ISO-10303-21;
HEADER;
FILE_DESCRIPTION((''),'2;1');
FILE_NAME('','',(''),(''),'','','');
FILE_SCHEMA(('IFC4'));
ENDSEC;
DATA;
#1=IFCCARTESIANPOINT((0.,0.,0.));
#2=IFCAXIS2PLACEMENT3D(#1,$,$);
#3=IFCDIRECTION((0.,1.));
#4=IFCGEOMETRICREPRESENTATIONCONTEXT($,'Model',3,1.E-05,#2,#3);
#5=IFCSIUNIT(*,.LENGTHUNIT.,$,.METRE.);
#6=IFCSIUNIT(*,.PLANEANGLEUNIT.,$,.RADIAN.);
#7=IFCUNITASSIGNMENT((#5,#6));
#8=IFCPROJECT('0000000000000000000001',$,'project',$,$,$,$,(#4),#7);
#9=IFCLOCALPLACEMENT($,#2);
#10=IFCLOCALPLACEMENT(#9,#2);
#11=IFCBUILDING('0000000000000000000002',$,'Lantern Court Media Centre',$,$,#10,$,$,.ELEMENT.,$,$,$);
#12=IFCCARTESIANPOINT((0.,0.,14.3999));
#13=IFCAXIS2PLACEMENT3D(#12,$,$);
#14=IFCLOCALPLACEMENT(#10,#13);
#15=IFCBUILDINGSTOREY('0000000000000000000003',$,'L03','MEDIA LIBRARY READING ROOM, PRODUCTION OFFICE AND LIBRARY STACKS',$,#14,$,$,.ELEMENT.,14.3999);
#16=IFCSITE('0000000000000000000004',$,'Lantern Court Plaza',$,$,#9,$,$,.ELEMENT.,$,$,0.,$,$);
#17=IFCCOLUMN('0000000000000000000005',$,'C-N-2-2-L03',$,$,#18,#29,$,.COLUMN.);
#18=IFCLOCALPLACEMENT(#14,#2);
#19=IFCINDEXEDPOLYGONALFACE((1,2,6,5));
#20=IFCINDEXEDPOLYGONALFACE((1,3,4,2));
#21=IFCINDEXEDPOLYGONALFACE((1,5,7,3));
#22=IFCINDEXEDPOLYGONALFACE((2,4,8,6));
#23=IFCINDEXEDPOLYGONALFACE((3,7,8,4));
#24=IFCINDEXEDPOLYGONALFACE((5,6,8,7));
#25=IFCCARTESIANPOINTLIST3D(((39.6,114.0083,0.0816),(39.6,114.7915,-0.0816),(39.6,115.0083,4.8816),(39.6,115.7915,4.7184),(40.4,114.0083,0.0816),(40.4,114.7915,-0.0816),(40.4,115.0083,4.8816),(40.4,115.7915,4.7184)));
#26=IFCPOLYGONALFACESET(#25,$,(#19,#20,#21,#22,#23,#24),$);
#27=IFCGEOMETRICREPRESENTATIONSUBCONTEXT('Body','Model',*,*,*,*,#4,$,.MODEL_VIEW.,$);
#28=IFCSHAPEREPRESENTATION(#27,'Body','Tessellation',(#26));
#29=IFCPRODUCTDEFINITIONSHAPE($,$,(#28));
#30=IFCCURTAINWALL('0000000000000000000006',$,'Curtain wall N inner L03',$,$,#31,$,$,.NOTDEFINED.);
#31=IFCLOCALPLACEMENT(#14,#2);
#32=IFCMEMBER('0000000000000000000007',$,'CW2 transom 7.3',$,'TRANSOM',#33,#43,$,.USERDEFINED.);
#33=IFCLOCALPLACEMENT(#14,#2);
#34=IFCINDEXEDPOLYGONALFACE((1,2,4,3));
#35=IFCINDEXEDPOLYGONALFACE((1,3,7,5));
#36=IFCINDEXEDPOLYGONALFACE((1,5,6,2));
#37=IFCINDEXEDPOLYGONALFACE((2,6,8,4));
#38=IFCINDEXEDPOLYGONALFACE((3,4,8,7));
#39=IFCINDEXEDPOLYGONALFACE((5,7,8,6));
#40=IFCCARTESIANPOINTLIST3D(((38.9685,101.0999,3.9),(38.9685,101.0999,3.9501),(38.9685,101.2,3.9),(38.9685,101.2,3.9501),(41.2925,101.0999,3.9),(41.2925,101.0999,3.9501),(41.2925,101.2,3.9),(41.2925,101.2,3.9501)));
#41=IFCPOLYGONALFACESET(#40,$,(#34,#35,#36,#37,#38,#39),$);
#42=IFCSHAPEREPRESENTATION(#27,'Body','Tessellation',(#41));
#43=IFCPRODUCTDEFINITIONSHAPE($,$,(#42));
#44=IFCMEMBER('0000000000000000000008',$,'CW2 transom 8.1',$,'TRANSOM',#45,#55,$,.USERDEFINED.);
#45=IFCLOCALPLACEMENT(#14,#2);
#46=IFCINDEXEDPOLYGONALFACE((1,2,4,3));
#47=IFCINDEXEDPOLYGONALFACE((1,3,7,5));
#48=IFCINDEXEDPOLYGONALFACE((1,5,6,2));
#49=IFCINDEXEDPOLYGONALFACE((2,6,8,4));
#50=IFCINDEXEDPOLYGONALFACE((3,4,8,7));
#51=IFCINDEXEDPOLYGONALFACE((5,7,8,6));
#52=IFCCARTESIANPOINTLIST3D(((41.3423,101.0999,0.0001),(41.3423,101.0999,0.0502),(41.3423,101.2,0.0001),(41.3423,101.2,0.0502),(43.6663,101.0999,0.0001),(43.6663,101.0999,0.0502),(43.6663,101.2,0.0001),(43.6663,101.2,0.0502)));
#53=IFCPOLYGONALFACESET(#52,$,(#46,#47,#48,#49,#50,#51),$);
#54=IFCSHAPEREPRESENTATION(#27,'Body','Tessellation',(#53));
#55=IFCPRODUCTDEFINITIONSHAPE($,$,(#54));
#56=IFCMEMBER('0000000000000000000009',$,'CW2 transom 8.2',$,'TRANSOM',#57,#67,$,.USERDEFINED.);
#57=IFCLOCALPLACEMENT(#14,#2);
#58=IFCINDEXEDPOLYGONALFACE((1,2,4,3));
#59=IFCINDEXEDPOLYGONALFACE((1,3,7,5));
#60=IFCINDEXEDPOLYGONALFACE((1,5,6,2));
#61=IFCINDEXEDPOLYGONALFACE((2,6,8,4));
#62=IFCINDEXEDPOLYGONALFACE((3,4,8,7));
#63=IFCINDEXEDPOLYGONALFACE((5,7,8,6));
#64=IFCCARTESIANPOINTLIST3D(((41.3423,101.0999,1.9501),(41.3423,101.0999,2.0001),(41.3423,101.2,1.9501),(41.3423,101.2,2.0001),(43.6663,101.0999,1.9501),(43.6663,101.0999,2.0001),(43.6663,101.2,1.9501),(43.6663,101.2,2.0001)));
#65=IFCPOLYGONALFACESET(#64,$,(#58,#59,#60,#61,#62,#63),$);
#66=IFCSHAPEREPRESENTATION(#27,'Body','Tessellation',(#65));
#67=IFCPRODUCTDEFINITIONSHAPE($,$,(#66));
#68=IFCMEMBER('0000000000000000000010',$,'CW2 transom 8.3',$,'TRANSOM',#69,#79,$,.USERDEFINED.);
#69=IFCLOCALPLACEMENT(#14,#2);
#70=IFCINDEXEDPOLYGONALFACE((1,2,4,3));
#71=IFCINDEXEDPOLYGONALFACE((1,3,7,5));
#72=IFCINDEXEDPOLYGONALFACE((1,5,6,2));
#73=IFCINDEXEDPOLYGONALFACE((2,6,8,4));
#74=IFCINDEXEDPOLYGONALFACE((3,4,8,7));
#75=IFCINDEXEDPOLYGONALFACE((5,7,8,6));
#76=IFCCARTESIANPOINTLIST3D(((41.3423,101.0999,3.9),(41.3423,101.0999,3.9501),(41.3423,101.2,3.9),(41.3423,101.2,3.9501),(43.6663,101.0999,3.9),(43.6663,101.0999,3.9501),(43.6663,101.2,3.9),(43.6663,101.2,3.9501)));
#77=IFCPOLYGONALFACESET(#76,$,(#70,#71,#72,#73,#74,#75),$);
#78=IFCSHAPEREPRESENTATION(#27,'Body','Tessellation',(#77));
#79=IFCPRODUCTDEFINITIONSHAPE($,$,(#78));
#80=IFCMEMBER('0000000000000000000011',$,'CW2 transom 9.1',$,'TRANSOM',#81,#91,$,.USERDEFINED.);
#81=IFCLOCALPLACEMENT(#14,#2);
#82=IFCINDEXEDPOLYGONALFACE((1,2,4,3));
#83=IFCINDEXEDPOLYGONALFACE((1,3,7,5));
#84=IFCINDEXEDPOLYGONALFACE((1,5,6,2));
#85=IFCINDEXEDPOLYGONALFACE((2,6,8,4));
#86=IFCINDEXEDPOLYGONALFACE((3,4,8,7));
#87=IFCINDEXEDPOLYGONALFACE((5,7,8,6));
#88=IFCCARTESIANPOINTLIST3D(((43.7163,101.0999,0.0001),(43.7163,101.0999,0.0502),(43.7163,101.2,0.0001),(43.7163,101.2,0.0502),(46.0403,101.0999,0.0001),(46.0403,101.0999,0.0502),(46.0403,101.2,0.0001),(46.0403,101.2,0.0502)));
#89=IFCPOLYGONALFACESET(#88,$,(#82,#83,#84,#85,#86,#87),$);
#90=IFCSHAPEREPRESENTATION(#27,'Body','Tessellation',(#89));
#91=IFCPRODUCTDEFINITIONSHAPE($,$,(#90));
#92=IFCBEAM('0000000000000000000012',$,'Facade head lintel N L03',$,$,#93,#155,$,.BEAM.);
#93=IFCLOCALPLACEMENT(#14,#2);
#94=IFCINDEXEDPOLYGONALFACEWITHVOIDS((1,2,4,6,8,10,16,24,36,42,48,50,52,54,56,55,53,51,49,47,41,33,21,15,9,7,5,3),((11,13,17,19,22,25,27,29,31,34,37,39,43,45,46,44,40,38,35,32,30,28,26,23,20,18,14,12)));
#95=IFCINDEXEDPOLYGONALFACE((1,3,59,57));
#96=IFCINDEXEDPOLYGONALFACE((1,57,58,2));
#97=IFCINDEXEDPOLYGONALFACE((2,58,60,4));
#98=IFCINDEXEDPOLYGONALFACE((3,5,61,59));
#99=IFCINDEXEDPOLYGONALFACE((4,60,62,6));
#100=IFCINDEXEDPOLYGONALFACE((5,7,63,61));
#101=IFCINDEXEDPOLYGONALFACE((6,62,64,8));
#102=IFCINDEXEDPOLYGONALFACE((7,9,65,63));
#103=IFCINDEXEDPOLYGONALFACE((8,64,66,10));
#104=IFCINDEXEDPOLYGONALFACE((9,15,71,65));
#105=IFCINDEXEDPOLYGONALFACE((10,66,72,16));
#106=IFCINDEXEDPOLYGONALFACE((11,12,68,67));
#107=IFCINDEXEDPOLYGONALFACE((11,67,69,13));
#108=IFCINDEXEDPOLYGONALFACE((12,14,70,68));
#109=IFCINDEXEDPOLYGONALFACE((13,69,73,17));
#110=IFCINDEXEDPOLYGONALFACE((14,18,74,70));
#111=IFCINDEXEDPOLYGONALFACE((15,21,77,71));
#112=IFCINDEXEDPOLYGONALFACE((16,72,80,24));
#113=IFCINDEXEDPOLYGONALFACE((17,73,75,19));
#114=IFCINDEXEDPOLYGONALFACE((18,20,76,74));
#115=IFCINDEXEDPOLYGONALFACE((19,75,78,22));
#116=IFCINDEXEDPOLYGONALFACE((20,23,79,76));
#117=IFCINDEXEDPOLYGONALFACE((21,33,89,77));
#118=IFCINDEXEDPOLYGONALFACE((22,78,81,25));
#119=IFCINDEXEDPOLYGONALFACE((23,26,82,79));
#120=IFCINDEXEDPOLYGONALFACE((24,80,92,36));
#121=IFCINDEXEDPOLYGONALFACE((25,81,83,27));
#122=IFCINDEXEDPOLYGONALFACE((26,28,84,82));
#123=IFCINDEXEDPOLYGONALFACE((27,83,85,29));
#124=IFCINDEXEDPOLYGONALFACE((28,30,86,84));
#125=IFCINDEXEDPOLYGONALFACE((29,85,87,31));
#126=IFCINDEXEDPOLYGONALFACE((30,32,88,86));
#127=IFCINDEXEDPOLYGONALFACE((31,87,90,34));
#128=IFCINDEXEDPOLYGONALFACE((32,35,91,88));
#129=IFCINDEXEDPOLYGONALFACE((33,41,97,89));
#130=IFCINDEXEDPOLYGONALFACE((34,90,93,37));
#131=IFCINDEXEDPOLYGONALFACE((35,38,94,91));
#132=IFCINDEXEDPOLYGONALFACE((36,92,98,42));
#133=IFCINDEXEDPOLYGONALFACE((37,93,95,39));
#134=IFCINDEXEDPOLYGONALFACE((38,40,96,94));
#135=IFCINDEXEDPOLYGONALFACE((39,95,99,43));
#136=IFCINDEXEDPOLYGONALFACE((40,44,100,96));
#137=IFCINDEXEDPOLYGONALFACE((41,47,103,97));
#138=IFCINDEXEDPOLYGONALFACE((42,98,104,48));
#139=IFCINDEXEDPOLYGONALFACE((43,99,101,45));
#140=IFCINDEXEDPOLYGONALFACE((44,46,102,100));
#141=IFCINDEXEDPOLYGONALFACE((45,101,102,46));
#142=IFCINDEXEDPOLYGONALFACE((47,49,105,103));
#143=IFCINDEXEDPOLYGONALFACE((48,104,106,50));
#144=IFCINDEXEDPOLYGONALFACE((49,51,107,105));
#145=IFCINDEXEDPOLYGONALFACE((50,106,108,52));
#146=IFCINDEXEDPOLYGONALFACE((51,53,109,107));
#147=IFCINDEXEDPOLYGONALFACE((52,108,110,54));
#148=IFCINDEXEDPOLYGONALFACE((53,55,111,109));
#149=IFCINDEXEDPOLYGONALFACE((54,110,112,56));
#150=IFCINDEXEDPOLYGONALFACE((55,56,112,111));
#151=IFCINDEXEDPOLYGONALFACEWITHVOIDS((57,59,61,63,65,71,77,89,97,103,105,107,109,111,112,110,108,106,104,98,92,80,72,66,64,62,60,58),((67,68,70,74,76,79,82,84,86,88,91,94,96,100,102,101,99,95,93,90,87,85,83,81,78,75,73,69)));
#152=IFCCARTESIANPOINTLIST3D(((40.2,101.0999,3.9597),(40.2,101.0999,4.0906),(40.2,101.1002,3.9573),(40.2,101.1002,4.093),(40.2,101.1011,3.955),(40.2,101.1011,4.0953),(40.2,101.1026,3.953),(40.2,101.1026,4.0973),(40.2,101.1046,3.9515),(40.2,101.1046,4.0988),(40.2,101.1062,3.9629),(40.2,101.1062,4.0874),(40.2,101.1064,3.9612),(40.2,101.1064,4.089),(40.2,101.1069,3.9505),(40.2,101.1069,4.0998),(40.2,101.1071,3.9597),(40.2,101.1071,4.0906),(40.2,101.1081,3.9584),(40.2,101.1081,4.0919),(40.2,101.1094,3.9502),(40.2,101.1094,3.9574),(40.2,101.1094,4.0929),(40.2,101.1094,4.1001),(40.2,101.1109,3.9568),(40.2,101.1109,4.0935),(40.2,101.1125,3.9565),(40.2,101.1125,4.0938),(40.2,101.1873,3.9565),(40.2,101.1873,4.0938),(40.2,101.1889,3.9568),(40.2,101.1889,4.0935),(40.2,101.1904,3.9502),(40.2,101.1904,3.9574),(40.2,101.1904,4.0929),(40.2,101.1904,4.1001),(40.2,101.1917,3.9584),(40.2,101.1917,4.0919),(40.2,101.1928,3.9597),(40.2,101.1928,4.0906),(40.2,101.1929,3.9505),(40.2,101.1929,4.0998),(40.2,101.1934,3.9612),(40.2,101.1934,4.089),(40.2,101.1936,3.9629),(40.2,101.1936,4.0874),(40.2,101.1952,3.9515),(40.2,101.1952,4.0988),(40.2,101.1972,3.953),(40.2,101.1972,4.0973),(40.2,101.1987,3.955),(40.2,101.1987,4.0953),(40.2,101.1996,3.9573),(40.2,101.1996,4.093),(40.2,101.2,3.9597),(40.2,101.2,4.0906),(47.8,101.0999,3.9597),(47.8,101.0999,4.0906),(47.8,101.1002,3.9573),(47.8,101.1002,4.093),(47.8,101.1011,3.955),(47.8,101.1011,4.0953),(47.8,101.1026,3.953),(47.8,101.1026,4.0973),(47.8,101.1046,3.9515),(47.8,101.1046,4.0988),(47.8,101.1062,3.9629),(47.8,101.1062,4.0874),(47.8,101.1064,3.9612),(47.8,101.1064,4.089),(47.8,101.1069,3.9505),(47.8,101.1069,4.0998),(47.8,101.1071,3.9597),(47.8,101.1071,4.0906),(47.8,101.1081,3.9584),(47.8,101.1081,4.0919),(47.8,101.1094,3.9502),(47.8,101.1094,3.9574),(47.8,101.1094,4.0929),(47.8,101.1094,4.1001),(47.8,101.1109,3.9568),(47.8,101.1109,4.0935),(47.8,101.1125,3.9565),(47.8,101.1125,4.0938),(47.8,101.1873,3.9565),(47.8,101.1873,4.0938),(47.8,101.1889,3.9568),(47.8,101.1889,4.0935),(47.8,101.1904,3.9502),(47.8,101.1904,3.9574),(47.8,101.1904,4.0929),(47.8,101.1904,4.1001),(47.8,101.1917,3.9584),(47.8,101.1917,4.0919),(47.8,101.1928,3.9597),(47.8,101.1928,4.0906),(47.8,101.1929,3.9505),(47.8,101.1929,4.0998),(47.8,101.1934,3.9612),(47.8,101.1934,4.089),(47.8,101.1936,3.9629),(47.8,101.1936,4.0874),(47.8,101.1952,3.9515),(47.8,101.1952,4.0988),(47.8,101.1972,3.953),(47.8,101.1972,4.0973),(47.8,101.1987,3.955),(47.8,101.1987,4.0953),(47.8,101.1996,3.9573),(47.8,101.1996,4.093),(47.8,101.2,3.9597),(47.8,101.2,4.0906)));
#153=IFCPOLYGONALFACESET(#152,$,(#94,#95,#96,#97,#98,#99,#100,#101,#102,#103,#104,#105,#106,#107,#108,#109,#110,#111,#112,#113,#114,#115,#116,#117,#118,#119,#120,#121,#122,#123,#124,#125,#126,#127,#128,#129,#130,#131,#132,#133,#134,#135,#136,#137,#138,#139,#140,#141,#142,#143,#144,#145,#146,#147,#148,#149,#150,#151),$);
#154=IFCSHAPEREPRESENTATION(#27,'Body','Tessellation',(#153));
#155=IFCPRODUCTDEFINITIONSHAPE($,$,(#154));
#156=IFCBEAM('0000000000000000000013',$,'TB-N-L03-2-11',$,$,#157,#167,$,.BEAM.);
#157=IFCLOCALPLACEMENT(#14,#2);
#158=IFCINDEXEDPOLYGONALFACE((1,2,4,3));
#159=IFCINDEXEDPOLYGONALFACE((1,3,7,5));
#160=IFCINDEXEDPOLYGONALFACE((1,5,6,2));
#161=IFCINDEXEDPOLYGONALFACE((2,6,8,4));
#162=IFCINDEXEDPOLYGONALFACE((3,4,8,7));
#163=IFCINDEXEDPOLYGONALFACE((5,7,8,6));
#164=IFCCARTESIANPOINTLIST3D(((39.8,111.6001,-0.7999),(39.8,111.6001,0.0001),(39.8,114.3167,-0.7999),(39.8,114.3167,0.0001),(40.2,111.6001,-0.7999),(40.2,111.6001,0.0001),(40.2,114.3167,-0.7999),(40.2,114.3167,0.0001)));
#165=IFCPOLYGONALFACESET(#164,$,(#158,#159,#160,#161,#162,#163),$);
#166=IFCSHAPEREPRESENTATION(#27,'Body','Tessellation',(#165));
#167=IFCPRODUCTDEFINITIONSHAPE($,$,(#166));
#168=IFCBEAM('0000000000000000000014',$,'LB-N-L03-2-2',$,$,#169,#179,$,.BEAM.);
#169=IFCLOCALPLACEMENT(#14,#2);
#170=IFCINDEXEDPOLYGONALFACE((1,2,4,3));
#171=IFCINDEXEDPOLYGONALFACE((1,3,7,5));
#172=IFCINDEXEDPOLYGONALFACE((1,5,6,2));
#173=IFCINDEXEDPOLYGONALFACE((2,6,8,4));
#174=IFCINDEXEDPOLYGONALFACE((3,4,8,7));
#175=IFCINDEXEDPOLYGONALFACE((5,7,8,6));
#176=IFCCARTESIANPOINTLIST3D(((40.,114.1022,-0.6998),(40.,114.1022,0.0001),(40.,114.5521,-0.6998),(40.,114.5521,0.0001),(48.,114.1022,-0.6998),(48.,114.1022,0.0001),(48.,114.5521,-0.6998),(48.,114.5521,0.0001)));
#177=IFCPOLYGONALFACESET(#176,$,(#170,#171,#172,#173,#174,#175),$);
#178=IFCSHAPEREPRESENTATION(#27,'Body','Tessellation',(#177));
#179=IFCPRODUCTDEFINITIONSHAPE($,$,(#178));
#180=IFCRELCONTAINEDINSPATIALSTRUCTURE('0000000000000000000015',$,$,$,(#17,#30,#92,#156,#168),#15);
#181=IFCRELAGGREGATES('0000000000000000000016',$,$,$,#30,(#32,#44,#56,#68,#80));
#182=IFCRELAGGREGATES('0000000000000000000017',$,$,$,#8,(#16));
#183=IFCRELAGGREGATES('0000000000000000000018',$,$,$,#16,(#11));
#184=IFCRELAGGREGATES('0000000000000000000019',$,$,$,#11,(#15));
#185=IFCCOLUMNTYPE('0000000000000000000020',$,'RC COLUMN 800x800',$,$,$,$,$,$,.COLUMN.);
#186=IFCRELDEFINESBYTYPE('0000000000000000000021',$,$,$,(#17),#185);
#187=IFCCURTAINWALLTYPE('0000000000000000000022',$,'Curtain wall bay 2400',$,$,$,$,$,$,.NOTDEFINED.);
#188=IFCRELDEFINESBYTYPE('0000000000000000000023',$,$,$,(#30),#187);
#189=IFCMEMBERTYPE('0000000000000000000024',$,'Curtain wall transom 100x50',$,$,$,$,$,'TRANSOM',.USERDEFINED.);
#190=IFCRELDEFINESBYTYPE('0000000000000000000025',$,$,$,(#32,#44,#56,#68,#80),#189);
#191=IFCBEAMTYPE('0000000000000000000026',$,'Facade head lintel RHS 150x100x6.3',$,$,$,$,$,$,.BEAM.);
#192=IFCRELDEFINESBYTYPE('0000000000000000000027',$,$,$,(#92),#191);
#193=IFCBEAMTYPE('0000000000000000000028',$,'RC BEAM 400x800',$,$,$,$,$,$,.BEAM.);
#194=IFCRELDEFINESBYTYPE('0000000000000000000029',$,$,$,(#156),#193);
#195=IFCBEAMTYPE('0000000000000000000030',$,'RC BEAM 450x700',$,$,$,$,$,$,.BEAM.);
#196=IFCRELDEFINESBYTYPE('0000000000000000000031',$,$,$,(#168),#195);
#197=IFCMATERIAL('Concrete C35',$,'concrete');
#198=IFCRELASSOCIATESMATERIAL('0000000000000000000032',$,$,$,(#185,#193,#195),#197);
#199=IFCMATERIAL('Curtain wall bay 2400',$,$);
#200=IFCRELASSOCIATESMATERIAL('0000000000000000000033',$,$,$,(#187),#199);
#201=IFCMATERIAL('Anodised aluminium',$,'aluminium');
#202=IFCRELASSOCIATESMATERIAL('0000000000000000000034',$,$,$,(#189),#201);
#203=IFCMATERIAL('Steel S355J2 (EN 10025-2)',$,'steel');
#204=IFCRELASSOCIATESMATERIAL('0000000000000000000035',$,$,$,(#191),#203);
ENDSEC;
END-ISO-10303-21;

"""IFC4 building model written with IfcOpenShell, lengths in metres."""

from ifc_helpers import new_model, si_unit, direction, frame, origin, origin_2d, place, context, subcontext, project, spatial, rectangle, hollow_rectangle, extrude, material, material_profile, profile_set, type_object, element, aggregate, save


model = new_model("IFC4")

# Units and contexts
model_context = context("Model", 3, precision=1e-05, world=origin(), true_north=direction((0.0, 1.0)))
body_context = subcontext(model_context, "Body", "Model", "MODEL_VIEW")
ifc_project = project(units=[si_unit("LENGTHUNIT", "METRE"), si_unit("PLANEANGLEUNIT", "RADIAN")], contexts=[model_context])

# Site, building, storey
site_placement = place(None, origin())
site = spatial("IfcSite", under=ifc_project, at=site_placement, Name="Lantern Court Plaza", CompositionType="ELEMENT", RefElevation=0.0)
building_placement = place(site_placement, origin())
building = spatial("IfcBuilding", under=site, at=building_placement, Name="Lantern Court Media Centre", CompositionType="ELEMENT")
storey_placement = place(building_placement, frame((0.0, 0.0, 14.3999)))
storey = spatial("IfcBuildingStorey", under=building, at=storey_placement, Name="L03", Description="MEDIA LIBRARY READING ROOM, PRODUCTION OFFICE AND LIBRARY STACKS", CompositionType="ELEMENT", Elevation=14.3999)

# Column
ifc_material_1 = material(Name="Concrete C35", Category="concrete")
ifc_material_profile_1 = material_profile(ifc_material_1, rectangle(XDim=0.8, YDim=0.8, at=origin_2d()), Name="RC 800x800")
ifc_profile_set_1 = profile_set([ifc_material_profile_1], Name="Concrete C35")
column_type = type_object("IfcColumnType", Name="RC COLUMN 800x800", PredefinedType="COLUMN", material=ifc_profile_set_1)
column_placement = place(storey_placement, frame((40.0, 114.3999, 0.0), z_axis=(0.0, 0.203952, 0.978981), x_axis=(-1.0, 0.0, 0.0)))
element("IfcColumn", 1, at=column_placement, inside=storey, type_object=column_type, Name="C-N-2-2-L03", PredefinedType="COLUMN", context=body_context, shape_type="SweptSolid", body=[
    extrude(rectangle(XDim=0.8, YDim=0.8, at=origin_2d()), origin(), (0.0, 0.0, 1.0), 4.9031),
])

# Curtain wall, members
ifc_material_2 = material(Name="Curtain wall bay 2400")
curtain_wall_type = type_object("IfcCurtainWallType", Name="Curtain wall bay 2400", PredefinedType="NOTDEFINED", material=ifc_material_2)
curtain_wall_placement = place(storey_placement, origin())
curtain_wall = element("IfcCurtainWall", 2, at=curtain_wall_placement, inside=storey, type_object=curtain_wall_type, Name="Curtain wall N inner L03", PredefinedType="NOTDEFINED")
ifc_material_3 = material(Name="Anodised aluminium", Category="aluminium")
ifc_material_profile_2 = material_profile(ifc_material_3, rectangle(XDim=0.1001, YDim=0.05, at=origin_2d()), Name="AL 50x100")
ifc_profile_set_2 = profile_set([ifc_material_profile_2], Name="Anodised aluminium")
member_type = type_object("IfcMemberType", Name="Curtain wall transom 100x50", ElementType="TRANSOM", PredefinedType="USERDEFINED", material=ifc_profile_set_2)
member_1_placement = place(storey_placement, frame((38.9685, 101.1499, 3.925), z_axis=(1.0, 0.0, 0.0), x_axis=(0.0, 1.0, 0.0)))
member_1 = element("IfcMember", 3, at=member_1_placement, type_object=member_type, Name="CW2 transom 7.3", ObjectType="TRANSOM", PredefinedType="USERDEFINED", context=body_context, shape_type="SweptSolid", body=[
    extrude(rectangle(XDim=0.1001, YDim=0.05, at=origin_2d()), origin(), (0.0, 0.0, 1.0), 2.324),
])
member_2_placement = place(storey_placement, frame((41.3423, 101.1499, 0.0251), z_axis=(1.0, 0.0, 0.0), x_axis=(0.0, 1.0, 0.0)))
member_2 = element("IfcMember", 4, at=member_2_placement, type_object=member_type, Name="CW2 transom 8.1", ObjectType="TRANSOM", PredefinedType="USERDEFINED", context=body_context, shape_type="SweptSolid", body=[
    extrude(rectangle(XDim=0.1001, YDim=0.05, at=origin_2d()), origin(), (0.0, 0.0, 1.0), 2.324),
])
member_3_placement = place(storey_placement, frame((41.3423, 101.1499, 1.9751), z_axis=(1.0, 0.0, 0.0), x_axis=(0.0, 1.0, 0.0)))
member_3 = element("IfcMember", 5, at=member_3_placement, type_object=member_type, Name="CW2 transom 8.2", ObjectType="TRANSOM", PredefinedType="USERDEFINED", context=body_context, shape_type="SweptSolid", body=[
    extrude(rectangle(XDim=0.1001, YDim=0.05, at=origin_2d()), origin(), (0.0, 0.0, 1.0), 2.324),
])
member_4_placement = place(storey_placement, frame((41.3423, 101.1499, 3.925), z_axis=(1.0, 0.0, 0.0), x_axis=(0.0, 1.0, 0.0)))
member_4 = element("IfcMember", 6, at=member_4_placement, type_object=member_type, Name="CW2 transom 8.3", ObjectType="TRANSOM", PredefinedType="USERDEFINED", context=body_context, shape_type="SweptSolid", body=[
    extrude(rectangle(XDim=0.1001, YDim=0.05, at=origin_2d()), origin(), (0.0, 0.0, 1.0), 2.324),
])
member_5_placement = place(storey_placement, frame((43.7163, 101.1499, 0.0251), z_axis=(1.0, 0.0, 0.0), x_axis=(0.0, 1.0, 0.0)))
member_5 = element("IfcMember", 7, at=member_5_placement, type_object=member_type, Name="CW2 transom 9.1", ObjectType="TRANSOM", PredefinedType="USERDEFINED", context=body_context, shape_type="SweptSolid", body=[
    extrude(rectangle(XDim=0.1001, YDim=0.05, at=origin_2d()), origin(), (0.0, 0.0, 1.0), 2.324),
])

# Beams
ifc_material_4 = material(Name="Steel S355J2 (EN 10025-2)", Category="steel")
ifc_material_profile_3 = material_profile(ifc_material_4, hollow_rectangle(XDim=0.1001, YDim=0.1499, WallThickness=0.0063, InnerFilletRadius=0.0063, OuterFilletRadius=0.0095, at=origin_2d()), Name="Facade head lintel RHS 150x100x6.3")
ifc_profile_set_3 = profile_set([ifc_material_profile_3], Name="Steel S355J2 (EN 10025-2)")
beam_type_1 = type_object("IfcBeamType", Name="Facade head lintel RHS 150x100x6.3", PredefinedType="BEAM", material=ifc_profile_set_3)
beam_1_placement = place(storey_placement, frame((40.2, 101.1499, 4.0251), z_axis=(1.0, 0.0, 0.0), x_axis=(0.0, 1.0, 0.0)))
element("IfcBeam", 8, at=beam_1_placement, inside=storey, type_object=beam_type_1, Name="Facade head lintel N L03", PredefinedType="BEAM", context=body_context, shape_type="SweptSolid", body=[
    extrude(hollow_rectangle(XDim=0.1001, YDim=0.1499, WallThickness=0.0063, InnerFilletRadius=0.0063, OuterFilletRadius=0.0095, at=origin_2d()), origin(), (0.0, 0.0, 1.0), 7.6001),
])
ifc_material_profile_4 = material_profile(ifc_material_1, rectangle(XDim=0.3999, YDim=0.8, at=origin_2d()), Name="RC 400x800")
ifc_profile_set_4 = profile_set([ifc_material_profile_4], Name="Concrete C35")
beam_type_2 = type_object("IfcBeamType", Name="RC BEAM 400x800", PredefinedType="BEAM", material=ifc_profile_set_4)
beam_2_placement = place(storey_placement, frame((40.0, 111.6001, -0.3999), z_axis=(0.0, 1.0, 0.0), x_axis=(-1.0, 0.0, 0.0)))
element("IfcBeam", 9, at=beam_2_placement, inside=storey, type_object=beam_type_2, Name="TB-N-L03-2-11", PredefinedType="BEAM", context=body_context, shape_type="SweptSolid", body=[
    extrude(rectangle(XDim=0.3999, YDim=0.8, at=origin_2d()), origin(), (0.0, 0.0, 1.0), 2.7166),
])
ifc_material_profile_5 = material_profile(ifc_material_1, rectangle(XDim=0.45, YDim=0.7, at=origin_2d()), Name="RC 450x700")
ifc_profile_set_5 = profile_set([ifc_material_profile_5], Name="Concrete C35")
beam_type_3 = type_object("IfcBeamType", Name="RC BEAM 450x700", PredefinedType="BEAM", material=ifc_profile_set_5)
beam_3_placement = place(storey_placement, frame((40.0, 114.3271, -0.3499), z_axis=(1.0, 0.0, 0.0), x_axis=(0.0, 1.0, 0.0)))
element("IfcBeam", 10, at=beam_3_placement, inside=storey, type_object=beam_type_3, Name="LB-N-L03-2-2", PredefinedType="BEAM", context=body_context, shape_type="SweptSolid", body=[
    extrude(rectangle(XDim=0.45, YDim=0.7, at=origin_2d()), origin(), (0.0, 0.0, 1.0), 8.0),
])

aggregate(curtain_wall, [member_1, member_2, member_3, member_4, member_5])

save(model, "model.ifc")
